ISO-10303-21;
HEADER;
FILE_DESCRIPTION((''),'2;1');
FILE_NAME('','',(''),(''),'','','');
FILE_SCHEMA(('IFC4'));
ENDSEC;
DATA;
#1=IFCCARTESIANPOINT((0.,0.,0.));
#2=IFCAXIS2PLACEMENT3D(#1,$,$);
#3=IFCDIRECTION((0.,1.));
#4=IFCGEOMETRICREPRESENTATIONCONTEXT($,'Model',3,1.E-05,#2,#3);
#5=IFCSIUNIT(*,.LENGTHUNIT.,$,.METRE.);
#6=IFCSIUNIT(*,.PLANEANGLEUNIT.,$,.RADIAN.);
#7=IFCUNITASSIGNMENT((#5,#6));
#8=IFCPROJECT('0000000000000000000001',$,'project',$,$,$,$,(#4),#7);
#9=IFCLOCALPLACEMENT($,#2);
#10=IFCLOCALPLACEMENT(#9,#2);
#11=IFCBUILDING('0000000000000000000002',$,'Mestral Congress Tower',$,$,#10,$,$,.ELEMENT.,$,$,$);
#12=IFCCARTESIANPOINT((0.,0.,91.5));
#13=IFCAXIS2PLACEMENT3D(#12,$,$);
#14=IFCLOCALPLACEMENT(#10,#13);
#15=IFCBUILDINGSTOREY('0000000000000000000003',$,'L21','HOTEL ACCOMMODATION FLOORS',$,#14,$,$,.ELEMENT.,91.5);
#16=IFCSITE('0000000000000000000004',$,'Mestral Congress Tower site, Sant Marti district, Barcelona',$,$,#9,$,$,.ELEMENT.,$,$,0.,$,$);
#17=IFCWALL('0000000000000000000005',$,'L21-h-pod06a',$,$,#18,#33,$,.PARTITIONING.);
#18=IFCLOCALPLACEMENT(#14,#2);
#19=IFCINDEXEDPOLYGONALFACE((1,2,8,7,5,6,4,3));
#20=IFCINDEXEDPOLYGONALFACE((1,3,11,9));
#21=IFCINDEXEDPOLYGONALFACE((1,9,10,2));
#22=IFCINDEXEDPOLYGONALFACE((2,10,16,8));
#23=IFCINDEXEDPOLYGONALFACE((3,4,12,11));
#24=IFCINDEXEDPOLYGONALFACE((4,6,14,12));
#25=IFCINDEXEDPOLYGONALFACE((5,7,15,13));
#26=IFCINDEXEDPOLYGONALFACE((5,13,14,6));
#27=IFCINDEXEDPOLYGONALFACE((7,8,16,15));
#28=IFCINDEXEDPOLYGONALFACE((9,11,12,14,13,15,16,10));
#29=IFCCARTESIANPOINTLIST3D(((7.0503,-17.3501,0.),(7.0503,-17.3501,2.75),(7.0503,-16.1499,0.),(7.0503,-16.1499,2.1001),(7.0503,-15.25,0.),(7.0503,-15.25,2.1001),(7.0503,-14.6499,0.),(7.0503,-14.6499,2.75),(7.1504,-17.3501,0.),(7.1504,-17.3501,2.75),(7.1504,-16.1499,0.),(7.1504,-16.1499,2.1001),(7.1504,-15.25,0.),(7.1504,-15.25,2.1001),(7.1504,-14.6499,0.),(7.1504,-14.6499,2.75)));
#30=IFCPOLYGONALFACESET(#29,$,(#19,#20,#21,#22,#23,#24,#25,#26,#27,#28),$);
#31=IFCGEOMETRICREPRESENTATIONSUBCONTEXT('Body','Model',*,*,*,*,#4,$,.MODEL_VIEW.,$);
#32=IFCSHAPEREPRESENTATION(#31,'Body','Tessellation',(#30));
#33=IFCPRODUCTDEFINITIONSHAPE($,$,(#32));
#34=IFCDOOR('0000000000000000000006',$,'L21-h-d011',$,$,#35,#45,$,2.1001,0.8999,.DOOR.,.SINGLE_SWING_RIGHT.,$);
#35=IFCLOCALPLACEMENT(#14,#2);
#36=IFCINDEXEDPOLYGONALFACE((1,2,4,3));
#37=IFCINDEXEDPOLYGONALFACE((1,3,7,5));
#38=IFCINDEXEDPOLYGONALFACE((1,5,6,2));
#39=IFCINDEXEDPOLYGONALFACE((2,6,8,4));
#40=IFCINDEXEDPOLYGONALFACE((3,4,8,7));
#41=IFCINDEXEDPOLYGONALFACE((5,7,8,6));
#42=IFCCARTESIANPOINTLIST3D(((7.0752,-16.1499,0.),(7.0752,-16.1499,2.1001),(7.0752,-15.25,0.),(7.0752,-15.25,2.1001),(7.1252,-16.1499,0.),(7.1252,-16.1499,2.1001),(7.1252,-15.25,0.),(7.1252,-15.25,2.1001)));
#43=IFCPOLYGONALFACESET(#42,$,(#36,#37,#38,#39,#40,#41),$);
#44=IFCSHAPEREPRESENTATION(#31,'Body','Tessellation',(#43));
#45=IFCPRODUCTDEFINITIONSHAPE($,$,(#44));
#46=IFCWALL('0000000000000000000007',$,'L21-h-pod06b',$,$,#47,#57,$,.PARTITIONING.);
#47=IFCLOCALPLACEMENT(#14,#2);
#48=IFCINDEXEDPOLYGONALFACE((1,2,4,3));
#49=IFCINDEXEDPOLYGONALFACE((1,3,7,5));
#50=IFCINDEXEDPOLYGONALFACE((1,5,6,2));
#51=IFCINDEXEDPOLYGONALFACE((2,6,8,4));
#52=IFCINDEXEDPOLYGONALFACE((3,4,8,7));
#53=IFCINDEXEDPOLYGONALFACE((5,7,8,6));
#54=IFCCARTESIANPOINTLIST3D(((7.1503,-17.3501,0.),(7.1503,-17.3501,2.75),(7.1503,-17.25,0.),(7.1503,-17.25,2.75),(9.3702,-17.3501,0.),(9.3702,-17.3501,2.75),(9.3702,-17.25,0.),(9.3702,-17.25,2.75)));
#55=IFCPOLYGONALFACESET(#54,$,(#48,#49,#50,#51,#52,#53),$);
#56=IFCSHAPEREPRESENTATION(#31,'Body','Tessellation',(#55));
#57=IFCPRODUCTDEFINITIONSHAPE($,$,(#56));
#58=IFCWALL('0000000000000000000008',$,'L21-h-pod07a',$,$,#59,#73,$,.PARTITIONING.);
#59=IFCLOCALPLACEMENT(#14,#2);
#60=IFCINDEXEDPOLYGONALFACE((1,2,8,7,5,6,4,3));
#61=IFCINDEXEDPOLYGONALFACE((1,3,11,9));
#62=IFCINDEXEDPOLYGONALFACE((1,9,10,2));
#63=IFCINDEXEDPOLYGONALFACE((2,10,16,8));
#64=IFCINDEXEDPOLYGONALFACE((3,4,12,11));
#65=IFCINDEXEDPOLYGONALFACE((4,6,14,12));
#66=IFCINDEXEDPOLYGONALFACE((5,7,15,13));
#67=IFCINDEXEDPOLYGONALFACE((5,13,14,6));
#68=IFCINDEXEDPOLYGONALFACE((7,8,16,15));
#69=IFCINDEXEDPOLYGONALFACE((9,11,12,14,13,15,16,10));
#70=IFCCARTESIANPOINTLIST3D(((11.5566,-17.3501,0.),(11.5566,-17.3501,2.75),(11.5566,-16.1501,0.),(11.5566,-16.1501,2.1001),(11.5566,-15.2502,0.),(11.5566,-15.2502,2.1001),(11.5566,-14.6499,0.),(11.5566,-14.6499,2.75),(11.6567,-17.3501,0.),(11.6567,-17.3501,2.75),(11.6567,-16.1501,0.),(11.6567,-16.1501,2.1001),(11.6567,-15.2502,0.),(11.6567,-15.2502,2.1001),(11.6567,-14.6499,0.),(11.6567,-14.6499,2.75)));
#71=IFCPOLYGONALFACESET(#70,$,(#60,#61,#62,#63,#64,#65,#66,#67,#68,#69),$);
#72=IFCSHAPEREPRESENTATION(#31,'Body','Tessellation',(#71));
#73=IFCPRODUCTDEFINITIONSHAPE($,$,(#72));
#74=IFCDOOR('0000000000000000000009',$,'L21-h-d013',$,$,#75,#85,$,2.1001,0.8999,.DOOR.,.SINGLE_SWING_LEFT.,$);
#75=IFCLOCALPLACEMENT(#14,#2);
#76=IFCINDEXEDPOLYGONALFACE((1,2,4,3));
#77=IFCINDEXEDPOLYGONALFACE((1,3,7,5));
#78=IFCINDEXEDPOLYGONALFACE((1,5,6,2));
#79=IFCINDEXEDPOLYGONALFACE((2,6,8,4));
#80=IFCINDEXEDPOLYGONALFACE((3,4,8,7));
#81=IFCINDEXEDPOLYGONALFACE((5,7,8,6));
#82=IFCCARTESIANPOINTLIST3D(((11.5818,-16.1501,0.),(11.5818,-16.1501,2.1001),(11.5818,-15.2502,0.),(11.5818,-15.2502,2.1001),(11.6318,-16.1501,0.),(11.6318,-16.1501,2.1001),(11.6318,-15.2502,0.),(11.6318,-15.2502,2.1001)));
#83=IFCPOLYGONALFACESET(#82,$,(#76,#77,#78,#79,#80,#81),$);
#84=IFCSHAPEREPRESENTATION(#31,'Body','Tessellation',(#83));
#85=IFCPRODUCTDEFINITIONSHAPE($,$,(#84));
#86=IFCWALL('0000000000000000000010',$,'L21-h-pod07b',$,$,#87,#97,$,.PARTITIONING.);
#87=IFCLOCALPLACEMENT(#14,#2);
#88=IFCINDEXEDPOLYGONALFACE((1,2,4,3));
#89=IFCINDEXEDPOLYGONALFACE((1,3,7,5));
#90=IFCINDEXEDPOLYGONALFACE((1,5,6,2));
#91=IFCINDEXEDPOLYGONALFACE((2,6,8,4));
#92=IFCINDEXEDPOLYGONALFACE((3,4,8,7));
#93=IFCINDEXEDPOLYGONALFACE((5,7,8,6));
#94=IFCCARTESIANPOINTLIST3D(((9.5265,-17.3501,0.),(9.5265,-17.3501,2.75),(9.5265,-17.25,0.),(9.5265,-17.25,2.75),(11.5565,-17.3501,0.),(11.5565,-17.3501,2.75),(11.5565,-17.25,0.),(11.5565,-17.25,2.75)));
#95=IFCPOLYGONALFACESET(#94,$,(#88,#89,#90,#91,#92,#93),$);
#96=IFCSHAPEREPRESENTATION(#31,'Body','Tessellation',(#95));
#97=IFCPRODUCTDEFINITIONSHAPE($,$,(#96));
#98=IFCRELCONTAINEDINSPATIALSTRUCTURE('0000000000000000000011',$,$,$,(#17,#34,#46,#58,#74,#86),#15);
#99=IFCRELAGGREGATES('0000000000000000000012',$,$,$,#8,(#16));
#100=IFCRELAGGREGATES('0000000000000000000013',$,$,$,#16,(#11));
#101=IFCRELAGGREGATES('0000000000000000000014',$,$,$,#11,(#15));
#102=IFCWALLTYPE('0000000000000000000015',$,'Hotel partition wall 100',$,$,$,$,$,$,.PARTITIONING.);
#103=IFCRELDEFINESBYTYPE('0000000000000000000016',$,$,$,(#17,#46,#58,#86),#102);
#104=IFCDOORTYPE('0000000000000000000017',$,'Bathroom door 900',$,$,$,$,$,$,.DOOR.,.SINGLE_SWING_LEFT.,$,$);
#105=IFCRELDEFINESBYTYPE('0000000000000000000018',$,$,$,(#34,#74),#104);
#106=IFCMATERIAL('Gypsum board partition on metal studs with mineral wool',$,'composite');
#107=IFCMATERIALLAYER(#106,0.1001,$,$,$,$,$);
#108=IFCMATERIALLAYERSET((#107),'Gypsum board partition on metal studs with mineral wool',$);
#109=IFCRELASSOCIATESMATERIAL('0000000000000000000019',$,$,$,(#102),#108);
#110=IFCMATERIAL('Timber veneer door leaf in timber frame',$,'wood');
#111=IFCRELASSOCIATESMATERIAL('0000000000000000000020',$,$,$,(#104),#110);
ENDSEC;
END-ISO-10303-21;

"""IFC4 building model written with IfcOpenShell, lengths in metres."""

from ifc_helpers import new_model, si_unit, direction, frame, frame_2d, origin, place, context, subcontext, project, spatial, rectangle, extrude, material, layer, layer_set, type_object, element, fill, save


model = new_model("IFC4")

# Units and contexts
model_context = context("Model", 3, precision=1e-05, world=origin(), true_north=direction((0.0, 1.0)))
body_context = subcontext(model_context, "Body", "Model", "MODEL_VIEW")
ifc_project = project(units=[si_unit("LENGTHUNIT", "METRE"), si_unit("PLANEANGLEUNIT", "RADIAN")], contexts=[model_context])

# Site, building, storey
site_placement = place(None, origin())
site = spatial("IfcSite", under=ifc_project, at=site_placement, Name="Mestral Congress Tower site, Sant Marti district, Barcelona", CompositionType="ELEMENT", RefElevation=0.0)
building_placement = place(site_placement, origin())
building = spatial("IfcBuilding", under=site, at=building_placement, Name="Mestral Congress Tower", CompositionType="ELEMENT")
storey_placement = place(building_placement, frame((0.0, 0.0, 91.5)))
storey = spatial("IfcBuildingStorey", under=building, at=storey_placement, Name="L21", Description="HOTEL ACCOMMODATION FLOORS", CompositionType="ELEMENT", Elevation=91.5)

# Wall, opening, door
ifc_material_1 = material(Name="Gypsum board partition on metal studs with mineral wool", Category="composite")
ifc_layer_1 = layer(ifc_material_1, 0.1001)
ifc_layer_set_1 = layer_set([ifc_layer_1], Name="Gypsum board partition on metal studs with mineral wool")
wall_type_1 = type_object("IfcWallType", Name="Hotel partition wall 100", PredefinedType="PARTITIONING", material=ifc_layer_set_1)
wall_1_placement = place(storey_placement, frame((7.1003, -14.6499, 0.0), z_axis=(0.0, 0.0, 1.0), x_axis=(0.0, -1.0, 0.0)))
wall_1 = element("IfcWall", 1, at=wall_1_placement, inside=storey, type_object=wall_type_1, Name="L21-h-pod06a", PredefinedType="PARTITIONING", context=body_context, shape_type="SweptSolid", body=[
    extrude(rectangle(XDim=2.7002, YDim=0.1001, at=frame_2d((1.3501, 0.0))), origin(), (0.0, 0.0, 1.0), 2.75),
])
opening_1_placement = place(wall_1_placement, frame((0.6001, 0.0, 0.0)))
opening_1 = element("IfcOpeningElement", 2, at=opening_1_placement, cuts=wall_1, PredefinedType="OPENING", context=body_context, shape_type="SweptSolid", body=[
    extrude(rectangle(XDim=0.8999, YDim=2.1001, at=frame_2d((0.45, 1.05))), frame((0.0, 0.0601, 0.0), z_axis=(0.0, -1.0, 0.0), x_axis=(1.0, 0.0, 0.0)), (0.0, 0.0, 1.0), 0.1201),
])
ifc_material_2 = material(Name="Timber veneer door leaf in timber frame", Category="wood")
door_type_1 = type_object("IfcDoorType", Name="Bathroom door 900", OperationType="SINGLE_SWING_LEFT", PredefinedType="DOOR", material=ifc_material_2)
door_1_placement = place(opening_1_placement, origin())
door_1 = element("IfcDoor", 3, at=door_1_placement, inside=storey, type_object=door_type_1, Name="L21-h-d011", OperationType="SINGLE_SWING_RIGHT", OverallHeight=2.1001, OverallWidth=0.8999, PredefinedType="DOOR", context=body_context, shape_type="SweptSolid", body=[
    extrude(rectangle(XDim=0.8999, YDim=2.1001, at=frame_2d((0.45, 1.05))), frame((0.0, 0.0249, 0.0), z_axis=(0.0, -1.0, 0.0), x_axis=(1.0, 0.0, 0.0)), (0.0, 0.0, 1.0), 0.05),
])
fill(opening_1, door_1)

# Wall
wall_2_placement = place(storey_placement, frame((7.1504, -17.3, 0.0), z_axis=(0.0, 0.0, 1.0), x_axis=(1.0, 0.0, 0.0)))
element("IfcWall", 4, at=wall_2_placement, inside=storey, type_object=wall_type_1, Name="L21-h-pod06b", PredefinedType="PARTITIONING", context=body_context, shape_type="SweptSolid", body=[
    extrude(rectangle(XDim=2.22, YDim=0.1001, at=frame_2d((1.1099, 0.0))), origin(), (0.0, 0.0, 1.0), 2.75),
])

# Wall, opening, door
wall_3_placement = place(storey_placement, frame((11.6067, -17.3501, 0.0), z_axis=(0.0, 0.0, 1.0), x_axis=(0.0, 1.0, 0.0)))
wall_3 = element("IfcWall", 5, at=wall_3_placement, inside=storey, type_object=wall_type_1, Name="L21-h-pod07a", PredefinedType="PARTITIONING", context=body_context, shape_type="SweptSolid", body=[
    extrude(rectangle(XDim=2.7002, YDim=0.1001, at=frame_2d((1.3501, 0.0))), origin(), (0.0, 0.0, 1.0), 2.75),
])
opening_2_placement = place(wall_3_placement, frame((1.2, 0.0, 0.0)))
opening_2 = element("IfcOpeningElement", 6, at=opening_2_placement, cuts=wall_3, PredefinedType="OPENING", context=body_context, shape_type="SweptSolid", body=[
    extrude(rectangle(XDim=0.8999, YDim=2.1001, at=frame_2d((0.45, 1.05))), frame((0.0, 0.0601, 0.0), z_axis=(0.0, -1.0, 0.0), x_axis=(1.0, 0.0, 0.0)), (0.0, 0.0, 1.0), 0.1201),
])
door_2_placement = place(opening_2_placement, origin())
door_2 = element("IfcDoor", 7, at=door_2_placement, inside=storey, type_object=door_type_1, Name="L21-h-d013", OperationType="SINGLE_SWING_LEFT", OverallHeight=2.1001, OverallWidth=0.8999, PredefinedType="DOOR", context=body_context, shape_type="SweptSolid", body=[
    extrude(rectangle(XDim=0.8999, YDim=2.1001, at=frame_2d((0.45, 1.05))), frame((0.0, 0.0249, 0.0), z_axis=(0.0, -1.0, 0.0), x_axis=(1.0, 0.0, 0.0)), (0.0, 0.0, 1.0), 0.05),
])
fill(opening_2, door_2)

# Wall
wall_4_placement = place(storey_placement, frame((11.5566, -17.3, 0.0), z_axis=(0.0, 0.0, 1.0), x_axis=(-1.0, 0.0, 0.0)))
element("IfcWall", 8, at=wall_4_placement, inside=storey, type_object=wall_type_1, Name="L21-h-pod07b", PredefinedType="PARTITIONING", context=body_context, shape_type="SweptSolid", body=[
    extrude(rectangle(XDim=2.03, YDim=0.1001, at=frame_2d((1.0151, 0.0))), origin(), (0.0, 0.0, 1.0), 2.75),
])

save(model, "model.ifc")
